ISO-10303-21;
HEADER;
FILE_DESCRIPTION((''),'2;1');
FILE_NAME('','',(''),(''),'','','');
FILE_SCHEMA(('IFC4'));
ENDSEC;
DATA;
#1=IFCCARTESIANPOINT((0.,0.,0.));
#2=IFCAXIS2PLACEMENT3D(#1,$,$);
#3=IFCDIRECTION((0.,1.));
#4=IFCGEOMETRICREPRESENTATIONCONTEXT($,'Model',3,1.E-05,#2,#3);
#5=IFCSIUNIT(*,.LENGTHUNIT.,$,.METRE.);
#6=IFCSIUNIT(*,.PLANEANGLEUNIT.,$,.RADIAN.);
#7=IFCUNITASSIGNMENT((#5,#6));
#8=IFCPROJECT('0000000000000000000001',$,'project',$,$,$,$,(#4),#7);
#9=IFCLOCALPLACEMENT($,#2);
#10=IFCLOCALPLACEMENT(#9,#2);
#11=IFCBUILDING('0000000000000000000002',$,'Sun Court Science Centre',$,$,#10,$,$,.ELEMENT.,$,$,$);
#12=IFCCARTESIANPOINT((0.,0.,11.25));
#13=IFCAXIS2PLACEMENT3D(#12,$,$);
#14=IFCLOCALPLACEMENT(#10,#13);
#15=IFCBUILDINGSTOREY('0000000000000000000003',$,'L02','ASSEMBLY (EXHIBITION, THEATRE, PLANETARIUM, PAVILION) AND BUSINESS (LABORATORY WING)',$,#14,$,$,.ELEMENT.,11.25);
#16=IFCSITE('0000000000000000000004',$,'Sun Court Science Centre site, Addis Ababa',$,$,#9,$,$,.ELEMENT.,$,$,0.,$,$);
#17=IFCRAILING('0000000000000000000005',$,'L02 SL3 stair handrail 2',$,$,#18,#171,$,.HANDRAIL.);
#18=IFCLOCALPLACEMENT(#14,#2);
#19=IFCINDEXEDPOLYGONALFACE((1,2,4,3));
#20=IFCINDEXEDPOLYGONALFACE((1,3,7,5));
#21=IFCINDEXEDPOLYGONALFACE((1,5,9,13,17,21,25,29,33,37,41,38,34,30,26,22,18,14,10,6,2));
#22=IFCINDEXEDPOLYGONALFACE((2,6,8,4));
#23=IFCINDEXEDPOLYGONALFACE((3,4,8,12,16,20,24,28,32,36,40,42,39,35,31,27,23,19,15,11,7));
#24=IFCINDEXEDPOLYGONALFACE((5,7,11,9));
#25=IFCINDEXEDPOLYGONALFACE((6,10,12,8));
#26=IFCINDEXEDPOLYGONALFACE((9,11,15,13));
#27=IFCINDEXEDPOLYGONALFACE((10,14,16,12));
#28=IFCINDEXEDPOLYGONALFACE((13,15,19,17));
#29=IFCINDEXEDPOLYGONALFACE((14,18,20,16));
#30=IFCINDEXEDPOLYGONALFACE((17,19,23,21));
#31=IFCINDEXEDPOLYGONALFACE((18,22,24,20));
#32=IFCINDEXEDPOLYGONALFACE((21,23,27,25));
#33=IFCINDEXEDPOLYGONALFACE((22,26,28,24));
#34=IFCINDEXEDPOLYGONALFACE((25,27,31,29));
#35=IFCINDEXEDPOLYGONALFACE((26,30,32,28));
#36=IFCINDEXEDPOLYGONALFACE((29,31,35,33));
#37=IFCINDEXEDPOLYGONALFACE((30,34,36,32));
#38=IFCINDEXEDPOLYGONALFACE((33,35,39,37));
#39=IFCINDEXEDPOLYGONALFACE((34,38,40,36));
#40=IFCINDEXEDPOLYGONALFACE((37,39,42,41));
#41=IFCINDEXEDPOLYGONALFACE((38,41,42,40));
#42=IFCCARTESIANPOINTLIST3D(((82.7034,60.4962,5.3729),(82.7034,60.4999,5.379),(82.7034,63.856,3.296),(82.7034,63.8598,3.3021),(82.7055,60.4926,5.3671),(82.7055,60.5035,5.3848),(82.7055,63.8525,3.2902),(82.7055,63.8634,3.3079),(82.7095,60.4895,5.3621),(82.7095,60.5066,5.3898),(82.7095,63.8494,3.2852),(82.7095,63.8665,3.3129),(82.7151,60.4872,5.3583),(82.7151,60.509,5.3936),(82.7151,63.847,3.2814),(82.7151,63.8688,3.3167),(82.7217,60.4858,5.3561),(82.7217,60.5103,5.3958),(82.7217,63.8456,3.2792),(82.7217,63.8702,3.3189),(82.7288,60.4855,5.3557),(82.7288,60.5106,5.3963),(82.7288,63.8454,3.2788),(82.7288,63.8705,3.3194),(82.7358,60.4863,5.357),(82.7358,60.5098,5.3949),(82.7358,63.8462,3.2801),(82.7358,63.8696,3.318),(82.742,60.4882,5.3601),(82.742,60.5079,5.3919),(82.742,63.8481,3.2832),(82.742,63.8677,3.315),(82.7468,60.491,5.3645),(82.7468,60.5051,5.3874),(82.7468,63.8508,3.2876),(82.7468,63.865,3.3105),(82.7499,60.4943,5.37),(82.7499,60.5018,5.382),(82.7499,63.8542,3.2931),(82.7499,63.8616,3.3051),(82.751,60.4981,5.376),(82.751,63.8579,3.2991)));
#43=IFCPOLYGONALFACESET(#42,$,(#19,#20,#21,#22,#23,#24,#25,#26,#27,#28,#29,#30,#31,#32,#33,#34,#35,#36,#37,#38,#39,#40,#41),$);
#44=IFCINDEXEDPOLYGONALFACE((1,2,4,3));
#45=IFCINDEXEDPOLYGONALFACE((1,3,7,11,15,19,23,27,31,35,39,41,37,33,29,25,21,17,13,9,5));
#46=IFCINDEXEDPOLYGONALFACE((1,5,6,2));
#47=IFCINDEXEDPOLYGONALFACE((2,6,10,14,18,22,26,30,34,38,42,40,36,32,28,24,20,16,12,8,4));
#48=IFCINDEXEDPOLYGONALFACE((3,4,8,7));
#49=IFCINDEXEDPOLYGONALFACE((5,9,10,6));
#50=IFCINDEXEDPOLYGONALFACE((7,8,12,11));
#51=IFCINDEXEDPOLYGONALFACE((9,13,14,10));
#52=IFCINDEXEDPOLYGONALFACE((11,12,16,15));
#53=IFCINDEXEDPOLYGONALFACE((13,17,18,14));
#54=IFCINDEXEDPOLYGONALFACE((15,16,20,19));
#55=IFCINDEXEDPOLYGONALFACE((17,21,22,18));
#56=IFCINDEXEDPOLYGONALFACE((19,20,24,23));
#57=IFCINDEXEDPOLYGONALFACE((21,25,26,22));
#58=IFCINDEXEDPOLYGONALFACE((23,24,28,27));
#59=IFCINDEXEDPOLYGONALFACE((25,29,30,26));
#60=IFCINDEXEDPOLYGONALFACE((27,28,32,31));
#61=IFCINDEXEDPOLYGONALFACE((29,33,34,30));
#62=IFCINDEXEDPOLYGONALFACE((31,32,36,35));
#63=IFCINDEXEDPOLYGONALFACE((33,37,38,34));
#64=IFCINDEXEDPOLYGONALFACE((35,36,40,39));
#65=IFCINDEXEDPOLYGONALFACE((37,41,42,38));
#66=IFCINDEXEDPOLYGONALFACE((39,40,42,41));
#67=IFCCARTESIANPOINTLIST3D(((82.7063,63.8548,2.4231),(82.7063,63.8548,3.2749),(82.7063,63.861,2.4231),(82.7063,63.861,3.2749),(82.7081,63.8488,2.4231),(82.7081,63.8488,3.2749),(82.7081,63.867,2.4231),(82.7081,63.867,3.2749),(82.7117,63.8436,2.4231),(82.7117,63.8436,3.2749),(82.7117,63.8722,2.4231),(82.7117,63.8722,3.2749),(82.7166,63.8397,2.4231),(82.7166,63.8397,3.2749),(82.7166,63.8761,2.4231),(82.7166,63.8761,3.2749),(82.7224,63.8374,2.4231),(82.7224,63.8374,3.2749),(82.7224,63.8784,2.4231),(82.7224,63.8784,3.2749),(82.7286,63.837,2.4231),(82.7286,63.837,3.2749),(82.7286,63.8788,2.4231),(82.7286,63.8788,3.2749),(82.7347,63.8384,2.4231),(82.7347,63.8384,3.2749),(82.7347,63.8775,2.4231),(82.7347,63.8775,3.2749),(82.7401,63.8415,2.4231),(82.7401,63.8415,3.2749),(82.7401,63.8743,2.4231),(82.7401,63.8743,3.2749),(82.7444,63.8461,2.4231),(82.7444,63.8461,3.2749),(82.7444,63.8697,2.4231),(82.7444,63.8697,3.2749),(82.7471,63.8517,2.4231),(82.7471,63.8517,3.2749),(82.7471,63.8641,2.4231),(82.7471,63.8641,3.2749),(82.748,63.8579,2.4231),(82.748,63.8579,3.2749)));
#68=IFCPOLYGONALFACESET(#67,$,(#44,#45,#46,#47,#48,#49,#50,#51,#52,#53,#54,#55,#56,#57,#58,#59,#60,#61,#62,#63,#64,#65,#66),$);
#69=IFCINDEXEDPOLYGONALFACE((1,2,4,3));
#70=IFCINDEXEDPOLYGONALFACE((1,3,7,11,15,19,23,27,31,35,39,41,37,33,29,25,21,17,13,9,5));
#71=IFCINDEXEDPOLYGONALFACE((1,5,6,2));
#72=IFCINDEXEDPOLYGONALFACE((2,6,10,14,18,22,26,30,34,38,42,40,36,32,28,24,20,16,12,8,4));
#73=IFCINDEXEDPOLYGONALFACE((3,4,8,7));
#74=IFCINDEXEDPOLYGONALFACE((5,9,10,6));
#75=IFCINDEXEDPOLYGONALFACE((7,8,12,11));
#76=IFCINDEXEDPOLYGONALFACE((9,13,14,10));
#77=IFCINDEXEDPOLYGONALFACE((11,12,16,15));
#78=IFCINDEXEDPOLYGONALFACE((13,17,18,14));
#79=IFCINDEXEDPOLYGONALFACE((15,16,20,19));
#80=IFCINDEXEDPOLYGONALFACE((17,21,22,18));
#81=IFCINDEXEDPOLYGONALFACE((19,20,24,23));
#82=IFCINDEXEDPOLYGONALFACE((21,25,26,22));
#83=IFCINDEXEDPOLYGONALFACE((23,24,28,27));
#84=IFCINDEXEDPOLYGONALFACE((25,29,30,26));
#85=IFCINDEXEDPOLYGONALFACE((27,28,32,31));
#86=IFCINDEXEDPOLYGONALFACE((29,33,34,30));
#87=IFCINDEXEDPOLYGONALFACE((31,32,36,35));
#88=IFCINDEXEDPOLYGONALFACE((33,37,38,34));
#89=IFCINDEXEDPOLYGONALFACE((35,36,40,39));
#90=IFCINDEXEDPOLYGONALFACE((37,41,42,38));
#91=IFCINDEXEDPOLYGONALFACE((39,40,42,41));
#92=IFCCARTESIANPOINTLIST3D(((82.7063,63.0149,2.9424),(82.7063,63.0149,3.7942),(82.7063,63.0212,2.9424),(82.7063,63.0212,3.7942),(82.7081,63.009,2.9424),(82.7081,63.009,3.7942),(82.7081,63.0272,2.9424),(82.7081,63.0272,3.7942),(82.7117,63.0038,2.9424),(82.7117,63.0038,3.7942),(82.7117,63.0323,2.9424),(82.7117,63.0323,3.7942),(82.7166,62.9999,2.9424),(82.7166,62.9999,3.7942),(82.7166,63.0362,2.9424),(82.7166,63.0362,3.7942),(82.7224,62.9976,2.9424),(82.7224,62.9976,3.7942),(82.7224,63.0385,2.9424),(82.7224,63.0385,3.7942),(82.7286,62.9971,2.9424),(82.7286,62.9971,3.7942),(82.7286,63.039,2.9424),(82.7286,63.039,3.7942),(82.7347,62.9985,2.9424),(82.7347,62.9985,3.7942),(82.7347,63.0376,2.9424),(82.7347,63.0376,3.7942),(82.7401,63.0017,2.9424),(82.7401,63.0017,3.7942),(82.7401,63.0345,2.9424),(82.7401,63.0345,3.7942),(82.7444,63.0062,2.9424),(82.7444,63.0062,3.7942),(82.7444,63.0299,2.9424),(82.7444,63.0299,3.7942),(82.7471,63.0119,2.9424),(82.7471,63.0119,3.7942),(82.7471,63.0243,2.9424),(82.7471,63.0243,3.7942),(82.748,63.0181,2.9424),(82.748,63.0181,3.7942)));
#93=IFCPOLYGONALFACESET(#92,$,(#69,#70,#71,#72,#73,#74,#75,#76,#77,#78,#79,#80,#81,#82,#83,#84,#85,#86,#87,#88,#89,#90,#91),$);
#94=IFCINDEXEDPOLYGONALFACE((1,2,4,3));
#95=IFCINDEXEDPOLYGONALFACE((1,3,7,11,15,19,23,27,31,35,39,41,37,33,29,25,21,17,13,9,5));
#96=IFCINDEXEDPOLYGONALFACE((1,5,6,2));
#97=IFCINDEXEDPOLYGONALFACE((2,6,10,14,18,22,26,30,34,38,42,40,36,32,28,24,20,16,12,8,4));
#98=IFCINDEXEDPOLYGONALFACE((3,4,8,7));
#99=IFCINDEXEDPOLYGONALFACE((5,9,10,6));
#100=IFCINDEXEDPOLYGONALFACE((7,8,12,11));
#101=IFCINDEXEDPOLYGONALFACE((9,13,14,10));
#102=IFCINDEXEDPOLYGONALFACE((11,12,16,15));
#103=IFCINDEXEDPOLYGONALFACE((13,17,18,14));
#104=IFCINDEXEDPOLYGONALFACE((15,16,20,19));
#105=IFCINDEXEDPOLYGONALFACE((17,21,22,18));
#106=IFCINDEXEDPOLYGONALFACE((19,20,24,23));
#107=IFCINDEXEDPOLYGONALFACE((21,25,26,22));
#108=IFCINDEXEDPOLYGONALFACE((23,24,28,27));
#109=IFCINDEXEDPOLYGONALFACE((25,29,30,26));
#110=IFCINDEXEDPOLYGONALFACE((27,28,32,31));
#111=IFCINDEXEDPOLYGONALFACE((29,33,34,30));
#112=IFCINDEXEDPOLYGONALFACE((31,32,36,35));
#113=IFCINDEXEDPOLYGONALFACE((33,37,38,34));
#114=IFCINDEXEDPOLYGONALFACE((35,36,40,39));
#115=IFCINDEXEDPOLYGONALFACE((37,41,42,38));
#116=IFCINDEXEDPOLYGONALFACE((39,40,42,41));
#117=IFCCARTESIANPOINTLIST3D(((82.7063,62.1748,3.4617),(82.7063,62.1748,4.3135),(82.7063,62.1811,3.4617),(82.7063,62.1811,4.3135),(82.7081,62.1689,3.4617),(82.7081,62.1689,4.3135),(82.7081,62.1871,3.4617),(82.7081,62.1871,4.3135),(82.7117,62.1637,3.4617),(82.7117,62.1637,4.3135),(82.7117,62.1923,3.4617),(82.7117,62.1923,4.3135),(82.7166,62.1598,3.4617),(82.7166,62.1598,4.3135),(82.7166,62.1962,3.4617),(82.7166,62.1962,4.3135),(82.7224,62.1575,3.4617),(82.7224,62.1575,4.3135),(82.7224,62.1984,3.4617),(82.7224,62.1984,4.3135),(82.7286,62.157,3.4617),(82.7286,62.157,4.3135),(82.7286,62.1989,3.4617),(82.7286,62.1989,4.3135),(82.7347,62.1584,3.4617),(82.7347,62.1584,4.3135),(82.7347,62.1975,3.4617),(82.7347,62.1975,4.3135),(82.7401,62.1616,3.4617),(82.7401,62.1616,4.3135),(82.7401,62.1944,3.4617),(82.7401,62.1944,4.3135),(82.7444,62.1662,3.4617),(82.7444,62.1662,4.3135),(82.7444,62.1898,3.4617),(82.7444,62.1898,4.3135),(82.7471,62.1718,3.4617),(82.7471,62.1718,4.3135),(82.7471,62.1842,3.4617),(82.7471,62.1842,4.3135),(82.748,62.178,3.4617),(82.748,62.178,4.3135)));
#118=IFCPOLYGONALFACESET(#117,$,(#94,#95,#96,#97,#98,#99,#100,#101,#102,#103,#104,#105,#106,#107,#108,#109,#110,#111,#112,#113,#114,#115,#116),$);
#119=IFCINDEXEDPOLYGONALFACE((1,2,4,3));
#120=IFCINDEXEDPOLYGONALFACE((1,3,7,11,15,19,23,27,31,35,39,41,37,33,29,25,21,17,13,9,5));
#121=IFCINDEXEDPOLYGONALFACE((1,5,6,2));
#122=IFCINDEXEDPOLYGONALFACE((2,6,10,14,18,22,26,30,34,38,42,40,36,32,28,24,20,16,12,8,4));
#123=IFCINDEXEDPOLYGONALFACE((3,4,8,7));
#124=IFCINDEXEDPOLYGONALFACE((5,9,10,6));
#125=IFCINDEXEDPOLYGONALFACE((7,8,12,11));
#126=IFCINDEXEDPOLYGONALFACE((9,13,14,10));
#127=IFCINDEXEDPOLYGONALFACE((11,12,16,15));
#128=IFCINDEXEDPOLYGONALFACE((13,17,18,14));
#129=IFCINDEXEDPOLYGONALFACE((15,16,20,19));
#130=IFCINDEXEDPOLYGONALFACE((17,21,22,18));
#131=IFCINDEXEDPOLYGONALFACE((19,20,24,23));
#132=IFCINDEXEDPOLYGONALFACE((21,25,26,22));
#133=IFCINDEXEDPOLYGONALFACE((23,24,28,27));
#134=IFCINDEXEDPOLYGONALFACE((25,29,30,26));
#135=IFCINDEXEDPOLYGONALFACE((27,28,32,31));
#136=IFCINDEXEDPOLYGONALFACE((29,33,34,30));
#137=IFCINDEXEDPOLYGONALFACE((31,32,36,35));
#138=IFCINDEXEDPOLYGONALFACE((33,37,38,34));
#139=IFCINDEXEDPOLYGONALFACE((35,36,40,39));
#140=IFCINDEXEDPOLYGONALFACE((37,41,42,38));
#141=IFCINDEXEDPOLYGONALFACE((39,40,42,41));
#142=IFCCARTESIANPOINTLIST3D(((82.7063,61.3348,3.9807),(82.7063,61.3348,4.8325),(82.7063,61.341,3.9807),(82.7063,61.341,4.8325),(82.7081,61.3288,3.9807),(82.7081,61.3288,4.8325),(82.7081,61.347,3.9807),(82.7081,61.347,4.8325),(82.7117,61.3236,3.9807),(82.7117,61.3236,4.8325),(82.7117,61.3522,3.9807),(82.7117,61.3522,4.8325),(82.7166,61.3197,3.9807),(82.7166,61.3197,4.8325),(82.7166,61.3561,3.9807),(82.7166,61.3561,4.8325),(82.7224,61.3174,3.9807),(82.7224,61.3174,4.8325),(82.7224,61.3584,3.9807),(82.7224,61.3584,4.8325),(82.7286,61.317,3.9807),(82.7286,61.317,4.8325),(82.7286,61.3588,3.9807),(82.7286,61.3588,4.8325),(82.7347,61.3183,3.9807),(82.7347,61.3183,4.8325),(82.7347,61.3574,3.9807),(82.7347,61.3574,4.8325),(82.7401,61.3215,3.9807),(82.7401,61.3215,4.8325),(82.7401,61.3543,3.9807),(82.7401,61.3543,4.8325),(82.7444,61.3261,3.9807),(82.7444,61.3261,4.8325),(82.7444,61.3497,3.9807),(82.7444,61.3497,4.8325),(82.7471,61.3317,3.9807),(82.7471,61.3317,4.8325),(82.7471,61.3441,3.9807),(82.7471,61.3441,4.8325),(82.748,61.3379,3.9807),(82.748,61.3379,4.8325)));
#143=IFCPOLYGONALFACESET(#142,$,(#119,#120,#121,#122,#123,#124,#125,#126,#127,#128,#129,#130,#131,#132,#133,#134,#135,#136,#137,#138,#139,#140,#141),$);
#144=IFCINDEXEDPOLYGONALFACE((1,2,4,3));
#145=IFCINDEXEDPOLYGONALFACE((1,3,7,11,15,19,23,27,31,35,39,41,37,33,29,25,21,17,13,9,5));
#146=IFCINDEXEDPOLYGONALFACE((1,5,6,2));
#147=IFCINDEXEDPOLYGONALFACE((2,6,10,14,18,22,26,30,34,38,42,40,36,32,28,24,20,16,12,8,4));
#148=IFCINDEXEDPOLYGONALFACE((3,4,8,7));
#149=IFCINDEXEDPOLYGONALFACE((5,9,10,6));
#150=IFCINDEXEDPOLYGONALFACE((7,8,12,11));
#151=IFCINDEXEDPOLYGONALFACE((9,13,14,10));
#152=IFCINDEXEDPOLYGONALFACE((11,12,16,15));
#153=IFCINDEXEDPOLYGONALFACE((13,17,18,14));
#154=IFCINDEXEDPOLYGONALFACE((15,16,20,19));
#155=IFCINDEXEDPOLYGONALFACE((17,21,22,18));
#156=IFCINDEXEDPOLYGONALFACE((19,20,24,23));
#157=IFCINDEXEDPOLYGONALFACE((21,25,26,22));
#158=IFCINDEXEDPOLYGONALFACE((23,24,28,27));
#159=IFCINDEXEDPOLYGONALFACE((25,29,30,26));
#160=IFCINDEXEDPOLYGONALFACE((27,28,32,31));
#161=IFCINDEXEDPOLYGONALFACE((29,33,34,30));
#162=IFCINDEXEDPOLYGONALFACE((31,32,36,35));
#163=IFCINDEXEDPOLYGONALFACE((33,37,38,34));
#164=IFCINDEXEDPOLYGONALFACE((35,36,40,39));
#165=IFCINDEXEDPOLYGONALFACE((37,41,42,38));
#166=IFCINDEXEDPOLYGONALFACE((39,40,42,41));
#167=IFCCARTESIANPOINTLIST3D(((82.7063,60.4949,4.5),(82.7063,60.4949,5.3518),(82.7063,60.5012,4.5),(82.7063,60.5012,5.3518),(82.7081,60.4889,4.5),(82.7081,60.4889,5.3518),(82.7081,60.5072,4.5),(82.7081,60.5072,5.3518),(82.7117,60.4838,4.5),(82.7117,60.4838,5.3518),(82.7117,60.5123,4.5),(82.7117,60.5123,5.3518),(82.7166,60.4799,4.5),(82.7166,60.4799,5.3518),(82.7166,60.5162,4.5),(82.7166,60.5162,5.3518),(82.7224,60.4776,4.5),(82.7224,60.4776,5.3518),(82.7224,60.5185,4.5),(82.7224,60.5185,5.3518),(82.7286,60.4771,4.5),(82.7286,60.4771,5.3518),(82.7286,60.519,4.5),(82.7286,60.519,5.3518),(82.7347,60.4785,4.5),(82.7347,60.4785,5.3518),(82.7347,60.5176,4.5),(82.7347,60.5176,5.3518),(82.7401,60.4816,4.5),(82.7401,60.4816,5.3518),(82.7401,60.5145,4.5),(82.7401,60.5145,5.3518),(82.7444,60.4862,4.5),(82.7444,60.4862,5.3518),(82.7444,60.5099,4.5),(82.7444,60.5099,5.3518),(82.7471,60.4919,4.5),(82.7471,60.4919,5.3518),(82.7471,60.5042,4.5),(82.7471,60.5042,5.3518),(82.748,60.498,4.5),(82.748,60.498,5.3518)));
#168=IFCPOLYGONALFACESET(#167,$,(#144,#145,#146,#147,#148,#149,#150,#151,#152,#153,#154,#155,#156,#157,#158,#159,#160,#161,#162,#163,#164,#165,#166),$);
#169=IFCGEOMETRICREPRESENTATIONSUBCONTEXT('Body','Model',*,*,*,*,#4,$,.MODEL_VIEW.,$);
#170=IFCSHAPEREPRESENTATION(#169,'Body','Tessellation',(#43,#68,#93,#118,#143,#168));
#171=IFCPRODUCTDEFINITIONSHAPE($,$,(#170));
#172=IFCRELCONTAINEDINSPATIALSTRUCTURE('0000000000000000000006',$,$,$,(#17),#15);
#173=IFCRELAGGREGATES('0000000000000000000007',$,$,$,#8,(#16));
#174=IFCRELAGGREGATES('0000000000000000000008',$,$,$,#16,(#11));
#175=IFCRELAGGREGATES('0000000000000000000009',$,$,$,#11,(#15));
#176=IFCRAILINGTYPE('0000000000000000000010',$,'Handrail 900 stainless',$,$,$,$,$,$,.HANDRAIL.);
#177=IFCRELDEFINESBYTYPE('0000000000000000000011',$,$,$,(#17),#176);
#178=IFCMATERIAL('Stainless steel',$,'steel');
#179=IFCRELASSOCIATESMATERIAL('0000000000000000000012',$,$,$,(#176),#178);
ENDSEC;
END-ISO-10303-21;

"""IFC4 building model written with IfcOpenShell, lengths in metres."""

from ifc_helpers import new_model, si_unit, direction, frame, origin, origin_2d, place, context, subcontext, project, spatial, circle, extrude, material, type_object, element, save


model = new_model("IFC4")

# Units and contexts
model_context = context("Model", 3, precision=1e-05, world=origin(), true_north=direction((0.0, 1.0)))
body_context = subcontext(model_context, "Body", "Model", "MODEL_VIEW")
ifc_project = project(units=[si_unit("LENGTHUNIT", "METRE"), si_unit("PLANEANGLEUNIT", "RADIAN")], contexts=[model_context])

# Site, building, storey
site_placement = place(None, origin())
site = spatial("IfcSite", under=ifc_project, at=site_placement, Name="Sun Court Science Centre site, Addis Ababa", CompositionType="ELEMENT", RefElevation=0.0)
building_placement = place(site_placement, origin())
building = spatial("IfcBuilding", under=site, at=building_placement, Name="Sun Court Science Centre", CompositionType="ELEMENT")
storey_placement = place(building_placement, frame((0.0, 0.0, 11.25)))
storey = spatial("IfcBuildingStorey", under=building, at=storey_placement, Name="L02", Description="ASSEMBLY (EXHIBITION, THEATRE, PLANETARIUM, PAVILION) AND BUSINESS (LABORATORY WING)", CompositionType="ELEMENT", Elevation=11.25)

# Railing
ifc_material_1 = material(Name="Stainless steel", Category="steel")
railing_type_1 = type_object("IfcRailingType", Name="Handrail 900 stainless", PredefinedType="HANDRAIL", material=ifc_material_1)
railing_1_placement = place(storey_placement, frame((82.7271, 63.8579, 2.4231)))
element("IfcRailing", 1, at=railing_1_placement, inside=storey, type_object=railing_type_1, Name="L02 SL3 stair handrail 2", PredefinedType="HANDRAIL", context=body_context, shape_type="SweptSolid", body=[
    extrude(circle(Radius=0.0239, at=origin_2d()), frame((0.0, 0.0, 0.876), z_axis=(0.0, -0.850606, 0.525803), x_axis=(1.0, 0.0, 0.0)), (0.0, 0.0, 1.0), 3.95),
    extrude(circle(Radius=0.021, at=origin_2d()), origin(), (0.0, 0.0, 1.0), 0.8518),
    extrude(circle(Radius=0.021, at=origin_2d()), frame((0.0, -0.8398, 0.5193)), (0.0, 0.0, 1.0), 0.8518),
    extrude(circle(Radius=0.021, at=origin_2d()), frame((0.0, -1.6799, 1.0386)), (0.0, 0.0, 1.0), 0.8518),
    extrude(circle(Radius=0.021, at=origin_2d()), frame((0.0, -2.52, 1.5576)), (0.0, 0.0, 1.0), 0.8518),
    extrude(circle(Radius=0.021, at=origin_2d()), frame((0.0, -3.3599, 2.0769)), (0.0, 0.0, 1.0), 0.8518),
])

save(model, "model.ifc")
